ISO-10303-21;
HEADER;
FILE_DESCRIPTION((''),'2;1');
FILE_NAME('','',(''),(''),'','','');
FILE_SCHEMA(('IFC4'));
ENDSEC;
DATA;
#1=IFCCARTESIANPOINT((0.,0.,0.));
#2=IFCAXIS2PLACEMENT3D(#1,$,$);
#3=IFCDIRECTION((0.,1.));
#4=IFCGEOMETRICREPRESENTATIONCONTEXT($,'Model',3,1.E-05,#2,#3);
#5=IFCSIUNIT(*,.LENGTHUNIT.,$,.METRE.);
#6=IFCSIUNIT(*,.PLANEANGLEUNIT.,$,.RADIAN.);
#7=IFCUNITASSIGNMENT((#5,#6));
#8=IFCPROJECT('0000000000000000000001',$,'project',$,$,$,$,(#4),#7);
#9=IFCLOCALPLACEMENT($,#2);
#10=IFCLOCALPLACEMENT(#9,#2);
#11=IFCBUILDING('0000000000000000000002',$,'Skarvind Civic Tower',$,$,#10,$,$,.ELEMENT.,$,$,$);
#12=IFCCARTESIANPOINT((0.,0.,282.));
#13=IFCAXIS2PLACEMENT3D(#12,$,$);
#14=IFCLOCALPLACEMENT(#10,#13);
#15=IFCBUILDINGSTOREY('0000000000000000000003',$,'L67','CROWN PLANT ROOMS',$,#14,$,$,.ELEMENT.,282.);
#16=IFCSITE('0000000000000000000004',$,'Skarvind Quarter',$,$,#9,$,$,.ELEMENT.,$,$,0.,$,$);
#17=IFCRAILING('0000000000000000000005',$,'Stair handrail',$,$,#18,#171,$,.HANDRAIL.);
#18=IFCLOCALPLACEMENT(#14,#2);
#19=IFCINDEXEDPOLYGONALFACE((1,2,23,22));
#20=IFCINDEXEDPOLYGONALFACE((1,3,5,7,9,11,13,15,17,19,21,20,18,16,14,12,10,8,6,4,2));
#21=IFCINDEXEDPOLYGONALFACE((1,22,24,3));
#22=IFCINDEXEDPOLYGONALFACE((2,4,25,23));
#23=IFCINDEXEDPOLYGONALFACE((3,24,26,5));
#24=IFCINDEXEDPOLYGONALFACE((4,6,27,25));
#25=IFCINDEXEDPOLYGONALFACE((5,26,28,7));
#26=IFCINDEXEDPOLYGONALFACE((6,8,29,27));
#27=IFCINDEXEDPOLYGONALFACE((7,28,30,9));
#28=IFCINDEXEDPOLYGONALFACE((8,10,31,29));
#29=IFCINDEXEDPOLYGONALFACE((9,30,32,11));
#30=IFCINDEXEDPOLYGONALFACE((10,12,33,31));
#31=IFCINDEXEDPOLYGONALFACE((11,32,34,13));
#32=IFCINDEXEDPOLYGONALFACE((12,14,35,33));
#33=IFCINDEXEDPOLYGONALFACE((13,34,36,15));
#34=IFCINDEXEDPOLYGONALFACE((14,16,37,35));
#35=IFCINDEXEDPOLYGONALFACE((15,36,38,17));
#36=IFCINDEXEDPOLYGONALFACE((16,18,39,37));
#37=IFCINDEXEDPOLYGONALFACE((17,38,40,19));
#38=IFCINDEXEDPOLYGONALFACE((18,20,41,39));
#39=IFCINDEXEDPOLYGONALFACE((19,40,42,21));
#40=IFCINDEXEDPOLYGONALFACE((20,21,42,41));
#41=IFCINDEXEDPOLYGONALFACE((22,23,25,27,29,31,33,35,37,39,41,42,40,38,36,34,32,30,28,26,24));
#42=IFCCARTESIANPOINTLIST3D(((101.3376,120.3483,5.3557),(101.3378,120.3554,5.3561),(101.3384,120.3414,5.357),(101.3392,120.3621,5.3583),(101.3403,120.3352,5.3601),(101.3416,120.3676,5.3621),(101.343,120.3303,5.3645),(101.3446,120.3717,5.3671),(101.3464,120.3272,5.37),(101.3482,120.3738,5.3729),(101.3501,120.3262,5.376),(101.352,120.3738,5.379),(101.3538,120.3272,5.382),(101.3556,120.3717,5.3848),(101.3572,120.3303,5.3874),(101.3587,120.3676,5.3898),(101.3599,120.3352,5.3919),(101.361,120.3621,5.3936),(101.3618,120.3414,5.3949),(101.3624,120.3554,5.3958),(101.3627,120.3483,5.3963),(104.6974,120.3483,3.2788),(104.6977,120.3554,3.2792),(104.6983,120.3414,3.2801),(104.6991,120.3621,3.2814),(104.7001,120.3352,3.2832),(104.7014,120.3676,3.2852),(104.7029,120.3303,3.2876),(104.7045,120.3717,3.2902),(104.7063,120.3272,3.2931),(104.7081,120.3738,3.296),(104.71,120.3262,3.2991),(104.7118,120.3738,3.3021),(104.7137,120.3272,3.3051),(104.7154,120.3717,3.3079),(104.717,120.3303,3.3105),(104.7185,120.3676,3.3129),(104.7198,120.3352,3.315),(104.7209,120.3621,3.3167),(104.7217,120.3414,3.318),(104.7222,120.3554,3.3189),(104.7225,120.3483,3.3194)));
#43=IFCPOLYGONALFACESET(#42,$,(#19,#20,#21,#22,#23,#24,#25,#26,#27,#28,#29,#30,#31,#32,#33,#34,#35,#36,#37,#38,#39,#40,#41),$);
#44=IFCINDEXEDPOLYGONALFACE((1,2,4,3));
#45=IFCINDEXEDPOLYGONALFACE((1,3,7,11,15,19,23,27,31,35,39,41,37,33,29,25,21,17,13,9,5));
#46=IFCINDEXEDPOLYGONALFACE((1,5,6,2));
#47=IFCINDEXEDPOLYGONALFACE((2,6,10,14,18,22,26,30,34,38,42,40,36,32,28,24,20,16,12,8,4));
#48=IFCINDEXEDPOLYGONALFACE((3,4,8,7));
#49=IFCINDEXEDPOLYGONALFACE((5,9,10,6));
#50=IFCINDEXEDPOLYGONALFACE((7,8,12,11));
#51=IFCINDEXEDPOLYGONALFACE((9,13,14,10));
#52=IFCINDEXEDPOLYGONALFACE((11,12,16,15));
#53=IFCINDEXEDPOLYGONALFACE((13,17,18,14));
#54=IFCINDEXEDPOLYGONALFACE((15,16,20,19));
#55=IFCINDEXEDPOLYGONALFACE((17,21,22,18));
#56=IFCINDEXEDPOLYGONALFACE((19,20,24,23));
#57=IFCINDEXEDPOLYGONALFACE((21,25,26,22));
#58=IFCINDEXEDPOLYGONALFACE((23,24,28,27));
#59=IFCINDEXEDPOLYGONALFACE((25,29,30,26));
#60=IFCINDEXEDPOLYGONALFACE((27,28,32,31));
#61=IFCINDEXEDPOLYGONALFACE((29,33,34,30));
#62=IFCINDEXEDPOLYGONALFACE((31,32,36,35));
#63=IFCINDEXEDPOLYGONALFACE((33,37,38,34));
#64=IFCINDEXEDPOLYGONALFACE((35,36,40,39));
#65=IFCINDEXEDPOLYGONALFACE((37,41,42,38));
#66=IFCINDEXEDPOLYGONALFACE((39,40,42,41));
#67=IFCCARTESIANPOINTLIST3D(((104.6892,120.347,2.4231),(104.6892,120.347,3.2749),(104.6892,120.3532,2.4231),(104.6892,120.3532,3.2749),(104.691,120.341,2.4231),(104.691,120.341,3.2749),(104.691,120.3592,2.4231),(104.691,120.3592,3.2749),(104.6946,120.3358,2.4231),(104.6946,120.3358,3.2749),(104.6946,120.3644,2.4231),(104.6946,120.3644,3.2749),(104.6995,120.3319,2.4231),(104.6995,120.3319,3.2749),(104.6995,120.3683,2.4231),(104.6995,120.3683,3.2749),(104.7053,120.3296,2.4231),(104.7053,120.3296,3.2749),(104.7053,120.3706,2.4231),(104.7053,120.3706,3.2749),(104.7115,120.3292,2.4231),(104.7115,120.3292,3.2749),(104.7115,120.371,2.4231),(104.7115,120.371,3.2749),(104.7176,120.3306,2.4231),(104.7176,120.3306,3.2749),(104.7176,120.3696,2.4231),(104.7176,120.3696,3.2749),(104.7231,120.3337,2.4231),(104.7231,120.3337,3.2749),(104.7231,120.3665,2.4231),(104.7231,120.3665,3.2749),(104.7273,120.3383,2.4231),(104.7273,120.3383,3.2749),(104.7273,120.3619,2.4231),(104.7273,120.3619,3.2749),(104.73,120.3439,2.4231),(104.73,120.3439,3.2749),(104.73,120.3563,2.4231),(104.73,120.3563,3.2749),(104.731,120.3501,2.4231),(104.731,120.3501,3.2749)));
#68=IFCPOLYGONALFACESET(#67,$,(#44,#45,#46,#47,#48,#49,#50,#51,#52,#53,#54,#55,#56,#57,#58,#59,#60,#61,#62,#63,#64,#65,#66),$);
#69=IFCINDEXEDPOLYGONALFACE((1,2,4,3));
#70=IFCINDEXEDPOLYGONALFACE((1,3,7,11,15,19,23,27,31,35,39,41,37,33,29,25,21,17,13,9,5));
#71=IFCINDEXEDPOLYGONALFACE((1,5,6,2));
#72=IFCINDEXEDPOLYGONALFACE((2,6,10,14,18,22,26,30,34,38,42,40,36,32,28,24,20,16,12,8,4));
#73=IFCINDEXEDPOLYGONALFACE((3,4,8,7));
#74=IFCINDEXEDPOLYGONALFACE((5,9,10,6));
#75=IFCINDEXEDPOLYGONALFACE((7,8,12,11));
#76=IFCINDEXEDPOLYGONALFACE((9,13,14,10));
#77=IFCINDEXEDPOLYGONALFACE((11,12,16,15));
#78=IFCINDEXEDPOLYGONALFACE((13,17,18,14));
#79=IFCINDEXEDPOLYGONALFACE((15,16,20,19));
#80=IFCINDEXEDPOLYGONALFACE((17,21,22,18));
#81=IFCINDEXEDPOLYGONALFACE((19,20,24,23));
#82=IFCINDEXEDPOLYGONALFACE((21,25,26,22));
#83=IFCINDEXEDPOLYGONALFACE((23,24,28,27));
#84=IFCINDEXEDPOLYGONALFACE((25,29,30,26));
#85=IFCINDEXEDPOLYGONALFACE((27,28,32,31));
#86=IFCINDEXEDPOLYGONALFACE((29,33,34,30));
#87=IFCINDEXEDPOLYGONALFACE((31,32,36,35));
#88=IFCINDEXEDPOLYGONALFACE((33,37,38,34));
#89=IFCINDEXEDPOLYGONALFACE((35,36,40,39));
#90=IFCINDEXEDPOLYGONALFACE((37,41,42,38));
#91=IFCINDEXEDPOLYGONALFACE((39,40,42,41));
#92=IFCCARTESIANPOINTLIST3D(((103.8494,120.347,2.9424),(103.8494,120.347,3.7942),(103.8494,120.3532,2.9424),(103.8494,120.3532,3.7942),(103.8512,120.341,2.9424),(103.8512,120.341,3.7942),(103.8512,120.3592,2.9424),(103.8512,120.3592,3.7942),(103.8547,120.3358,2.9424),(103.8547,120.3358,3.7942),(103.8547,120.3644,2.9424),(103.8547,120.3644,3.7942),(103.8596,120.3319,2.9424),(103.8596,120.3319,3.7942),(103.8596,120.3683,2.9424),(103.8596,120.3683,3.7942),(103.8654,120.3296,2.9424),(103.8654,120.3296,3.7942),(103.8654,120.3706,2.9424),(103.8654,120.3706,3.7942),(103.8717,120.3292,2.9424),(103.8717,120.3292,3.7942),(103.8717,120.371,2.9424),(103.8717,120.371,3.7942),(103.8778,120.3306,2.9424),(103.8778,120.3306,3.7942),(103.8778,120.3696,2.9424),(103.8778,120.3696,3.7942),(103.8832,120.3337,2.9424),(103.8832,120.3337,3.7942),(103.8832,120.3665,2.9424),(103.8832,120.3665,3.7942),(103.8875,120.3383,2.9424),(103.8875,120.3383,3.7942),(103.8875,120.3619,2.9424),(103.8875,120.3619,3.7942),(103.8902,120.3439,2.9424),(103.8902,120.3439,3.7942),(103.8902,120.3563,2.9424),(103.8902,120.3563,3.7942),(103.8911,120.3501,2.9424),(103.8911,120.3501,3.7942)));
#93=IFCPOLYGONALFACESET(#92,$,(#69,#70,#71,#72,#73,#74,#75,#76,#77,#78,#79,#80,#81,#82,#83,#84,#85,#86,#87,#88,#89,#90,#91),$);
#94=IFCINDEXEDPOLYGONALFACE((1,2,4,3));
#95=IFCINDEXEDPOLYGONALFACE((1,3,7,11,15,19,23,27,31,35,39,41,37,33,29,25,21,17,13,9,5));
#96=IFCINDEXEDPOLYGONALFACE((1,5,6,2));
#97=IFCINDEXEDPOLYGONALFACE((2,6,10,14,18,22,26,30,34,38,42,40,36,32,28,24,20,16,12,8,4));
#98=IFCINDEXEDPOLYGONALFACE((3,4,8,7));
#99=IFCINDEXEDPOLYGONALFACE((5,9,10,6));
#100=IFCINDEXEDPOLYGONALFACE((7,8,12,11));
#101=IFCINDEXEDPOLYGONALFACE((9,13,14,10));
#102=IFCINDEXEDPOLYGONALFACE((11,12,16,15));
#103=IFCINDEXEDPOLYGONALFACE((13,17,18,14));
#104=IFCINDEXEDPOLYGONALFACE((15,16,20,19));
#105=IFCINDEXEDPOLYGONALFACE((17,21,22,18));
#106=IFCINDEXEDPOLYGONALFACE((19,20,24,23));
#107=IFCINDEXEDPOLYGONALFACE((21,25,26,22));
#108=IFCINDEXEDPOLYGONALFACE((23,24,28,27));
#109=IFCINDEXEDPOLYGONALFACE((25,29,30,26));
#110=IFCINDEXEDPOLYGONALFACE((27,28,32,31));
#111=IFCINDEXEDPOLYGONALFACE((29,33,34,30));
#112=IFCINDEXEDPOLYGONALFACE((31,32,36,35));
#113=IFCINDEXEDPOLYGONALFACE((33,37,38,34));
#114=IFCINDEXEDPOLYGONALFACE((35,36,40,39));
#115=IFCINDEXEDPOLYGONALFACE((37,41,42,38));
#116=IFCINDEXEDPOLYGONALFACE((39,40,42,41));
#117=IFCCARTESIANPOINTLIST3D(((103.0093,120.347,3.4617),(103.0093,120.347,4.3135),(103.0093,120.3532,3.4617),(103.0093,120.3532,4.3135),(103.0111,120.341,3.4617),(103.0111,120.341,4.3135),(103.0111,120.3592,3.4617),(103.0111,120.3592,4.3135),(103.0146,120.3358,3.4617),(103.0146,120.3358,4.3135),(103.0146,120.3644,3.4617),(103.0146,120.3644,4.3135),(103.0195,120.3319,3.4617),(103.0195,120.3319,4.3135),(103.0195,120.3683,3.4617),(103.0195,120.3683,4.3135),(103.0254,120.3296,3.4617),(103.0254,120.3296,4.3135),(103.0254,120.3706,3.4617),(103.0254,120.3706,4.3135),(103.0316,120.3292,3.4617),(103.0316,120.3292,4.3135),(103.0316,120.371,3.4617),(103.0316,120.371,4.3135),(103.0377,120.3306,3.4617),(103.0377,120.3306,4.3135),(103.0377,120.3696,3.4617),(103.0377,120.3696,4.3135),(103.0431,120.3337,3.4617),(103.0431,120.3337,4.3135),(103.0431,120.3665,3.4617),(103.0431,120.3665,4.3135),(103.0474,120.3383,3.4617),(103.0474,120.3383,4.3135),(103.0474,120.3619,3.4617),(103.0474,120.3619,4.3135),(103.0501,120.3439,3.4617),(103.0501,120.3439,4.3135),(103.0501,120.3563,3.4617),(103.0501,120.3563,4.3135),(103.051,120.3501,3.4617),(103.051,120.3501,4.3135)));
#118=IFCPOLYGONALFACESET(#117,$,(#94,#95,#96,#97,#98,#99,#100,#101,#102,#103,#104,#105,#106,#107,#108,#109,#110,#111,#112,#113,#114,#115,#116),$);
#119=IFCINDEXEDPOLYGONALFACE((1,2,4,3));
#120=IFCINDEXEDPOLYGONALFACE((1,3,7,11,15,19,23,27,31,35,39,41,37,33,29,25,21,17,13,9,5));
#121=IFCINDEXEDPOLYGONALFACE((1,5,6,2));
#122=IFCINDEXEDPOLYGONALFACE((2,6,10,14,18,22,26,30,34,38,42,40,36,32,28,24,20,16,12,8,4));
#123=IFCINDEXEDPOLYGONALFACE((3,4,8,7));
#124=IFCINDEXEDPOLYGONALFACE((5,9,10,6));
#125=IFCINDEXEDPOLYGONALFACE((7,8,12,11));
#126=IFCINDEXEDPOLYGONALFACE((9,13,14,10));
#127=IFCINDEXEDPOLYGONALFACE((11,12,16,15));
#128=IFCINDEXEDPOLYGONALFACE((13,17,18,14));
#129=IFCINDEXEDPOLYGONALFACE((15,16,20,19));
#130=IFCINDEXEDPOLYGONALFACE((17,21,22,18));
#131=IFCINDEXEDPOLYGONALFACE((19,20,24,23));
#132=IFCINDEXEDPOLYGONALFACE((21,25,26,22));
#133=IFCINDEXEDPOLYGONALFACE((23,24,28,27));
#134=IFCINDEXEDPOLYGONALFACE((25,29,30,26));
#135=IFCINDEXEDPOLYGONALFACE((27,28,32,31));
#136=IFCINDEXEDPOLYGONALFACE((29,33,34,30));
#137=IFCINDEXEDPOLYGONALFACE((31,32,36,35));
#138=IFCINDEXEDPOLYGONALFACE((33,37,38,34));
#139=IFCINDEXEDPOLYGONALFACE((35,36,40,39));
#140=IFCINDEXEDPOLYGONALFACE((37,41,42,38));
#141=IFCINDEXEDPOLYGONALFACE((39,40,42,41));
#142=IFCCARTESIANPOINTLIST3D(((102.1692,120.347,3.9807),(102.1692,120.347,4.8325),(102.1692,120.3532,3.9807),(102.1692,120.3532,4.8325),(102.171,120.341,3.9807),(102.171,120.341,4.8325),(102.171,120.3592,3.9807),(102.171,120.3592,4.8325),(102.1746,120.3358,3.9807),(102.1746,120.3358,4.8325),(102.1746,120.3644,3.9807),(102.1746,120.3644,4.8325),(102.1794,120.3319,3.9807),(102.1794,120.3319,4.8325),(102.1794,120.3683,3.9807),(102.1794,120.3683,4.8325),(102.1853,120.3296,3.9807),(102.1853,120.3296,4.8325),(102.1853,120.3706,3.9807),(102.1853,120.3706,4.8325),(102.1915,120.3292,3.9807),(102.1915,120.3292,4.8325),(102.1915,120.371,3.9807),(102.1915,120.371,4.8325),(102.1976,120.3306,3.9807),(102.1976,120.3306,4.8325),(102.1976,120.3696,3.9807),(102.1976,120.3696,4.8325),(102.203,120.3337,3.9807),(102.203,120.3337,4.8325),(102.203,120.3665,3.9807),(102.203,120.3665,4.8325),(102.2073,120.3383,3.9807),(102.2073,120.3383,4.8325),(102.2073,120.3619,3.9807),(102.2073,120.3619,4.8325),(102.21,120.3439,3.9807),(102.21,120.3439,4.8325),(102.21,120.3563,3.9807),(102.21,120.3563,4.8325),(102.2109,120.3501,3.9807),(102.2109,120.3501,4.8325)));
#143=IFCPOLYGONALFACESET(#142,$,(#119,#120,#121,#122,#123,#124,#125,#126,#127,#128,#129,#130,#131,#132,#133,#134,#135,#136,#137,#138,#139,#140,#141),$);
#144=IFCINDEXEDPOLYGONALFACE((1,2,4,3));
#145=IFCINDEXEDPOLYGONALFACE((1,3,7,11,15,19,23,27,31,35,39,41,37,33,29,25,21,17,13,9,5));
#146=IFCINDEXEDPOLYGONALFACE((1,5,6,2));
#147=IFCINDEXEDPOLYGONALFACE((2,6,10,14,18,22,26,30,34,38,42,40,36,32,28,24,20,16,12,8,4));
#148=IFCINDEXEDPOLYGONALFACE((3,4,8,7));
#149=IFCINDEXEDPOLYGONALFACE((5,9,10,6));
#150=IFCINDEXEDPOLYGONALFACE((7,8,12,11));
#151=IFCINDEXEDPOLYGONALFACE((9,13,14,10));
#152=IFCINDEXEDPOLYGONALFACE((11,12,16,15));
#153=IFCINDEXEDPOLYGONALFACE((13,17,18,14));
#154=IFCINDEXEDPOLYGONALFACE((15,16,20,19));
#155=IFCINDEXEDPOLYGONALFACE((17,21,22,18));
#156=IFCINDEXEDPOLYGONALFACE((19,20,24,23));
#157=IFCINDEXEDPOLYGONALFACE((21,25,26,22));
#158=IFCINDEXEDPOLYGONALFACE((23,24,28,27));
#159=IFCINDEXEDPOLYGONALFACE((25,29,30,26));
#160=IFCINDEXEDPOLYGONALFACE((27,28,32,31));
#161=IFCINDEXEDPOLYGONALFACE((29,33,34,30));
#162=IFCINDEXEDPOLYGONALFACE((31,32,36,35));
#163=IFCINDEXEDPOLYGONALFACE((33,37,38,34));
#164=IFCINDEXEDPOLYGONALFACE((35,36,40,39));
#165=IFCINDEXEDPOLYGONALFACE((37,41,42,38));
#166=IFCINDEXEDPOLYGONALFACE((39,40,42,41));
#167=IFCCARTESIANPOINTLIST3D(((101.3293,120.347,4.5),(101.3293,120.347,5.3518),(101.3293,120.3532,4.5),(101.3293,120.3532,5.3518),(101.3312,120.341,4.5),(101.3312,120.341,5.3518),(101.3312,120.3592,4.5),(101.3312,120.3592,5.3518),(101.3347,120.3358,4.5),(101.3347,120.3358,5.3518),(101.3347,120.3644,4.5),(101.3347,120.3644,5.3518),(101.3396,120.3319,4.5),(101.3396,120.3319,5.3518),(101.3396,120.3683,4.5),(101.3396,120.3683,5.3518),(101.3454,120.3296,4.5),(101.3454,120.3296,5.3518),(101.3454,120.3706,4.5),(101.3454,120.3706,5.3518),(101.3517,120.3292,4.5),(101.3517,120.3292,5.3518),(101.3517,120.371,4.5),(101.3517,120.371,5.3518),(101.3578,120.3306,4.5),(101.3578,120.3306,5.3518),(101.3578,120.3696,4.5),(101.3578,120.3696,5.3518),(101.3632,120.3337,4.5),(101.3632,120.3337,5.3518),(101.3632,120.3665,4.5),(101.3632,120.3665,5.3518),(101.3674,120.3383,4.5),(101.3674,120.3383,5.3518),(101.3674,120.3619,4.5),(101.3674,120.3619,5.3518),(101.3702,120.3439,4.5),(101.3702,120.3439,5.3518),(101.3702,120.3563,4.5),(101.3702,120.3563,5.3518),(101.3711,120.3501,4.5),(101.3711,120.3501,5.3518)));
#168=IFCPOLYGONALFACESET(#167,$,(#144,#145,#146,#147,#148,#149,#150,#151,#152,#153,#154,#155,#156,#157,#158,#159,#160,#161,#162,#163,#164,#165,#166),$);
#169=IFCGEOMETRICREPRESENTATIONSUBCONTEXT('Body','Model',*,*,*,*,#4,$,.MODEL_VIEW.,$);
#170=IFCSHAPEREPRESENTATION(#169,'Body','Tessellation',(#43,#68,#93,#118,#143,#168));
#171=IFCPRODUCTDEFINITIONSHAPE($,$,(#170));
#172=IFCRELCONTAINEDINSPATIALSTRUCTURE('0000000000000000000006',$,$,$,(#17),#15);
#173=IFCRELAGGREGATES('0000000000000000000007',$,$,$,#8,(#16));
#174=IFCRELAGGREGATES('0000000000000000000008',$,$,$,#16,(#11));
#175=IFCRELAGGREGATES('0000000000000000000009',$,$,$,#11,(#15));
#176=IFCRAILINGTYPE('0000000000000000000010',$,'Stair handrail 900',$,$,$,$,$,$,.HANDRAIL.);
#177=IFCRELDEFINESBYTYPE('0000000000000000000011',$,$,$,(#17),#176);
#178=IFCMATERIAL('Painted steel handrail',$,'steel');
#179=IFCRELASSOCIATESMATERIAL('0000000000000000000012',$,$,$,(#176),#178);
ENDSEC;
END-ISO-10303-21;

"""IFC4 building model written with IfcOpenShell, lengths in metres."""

from ifc_helpers import new_model, si_unit, direction, frame, origin, origin_2d, place, context, subcontext, project, spatial, circle, extrude, material, type_object, element, save


model = new_model("IFC4")

# Units and contexts
model_context = context("Model", 3, precision=1e-05, world=origin(), true_north=direction((0.0, 1.0)))
body_context = subcontext(model_context, "Body", "Model", "MODEL_VIEW")
ifc_project = project(units=[si_unit("LENGTHUNIT", "METRE"), si_unit("PLANEANGLEUNIT", "RADIAN")], contexts=[model_context])

# Site, building, storey
site_placement = place(None, origin())
site = spatial("IfcSite", under=ifc_project, at=site_placement, Name="Skarvind Quarter", CompositionType="ELEMENT", RefElevation=0.0)
building_placement = place(site_placement, origin())
building = spatial("IfcBuilding", under=site, at=building_placement, Name="Skarvind Civic Tower", CompositionType="ELEMENT")
storey_placement = place(building_placement, frame((0.0, 0.0, 282.0)))
storey = spatial("IfcBuildingStorey", under=building, at=storey_placement, Name="L67", Description="CROWN PLANT ROOMS", CompositionType="ELEMENT", Elevation=282.0)

# Railing
ifc_material_1 = material(Name="Painted steel handrail", Category="steel")
railing_type = type_object("IfcRailingType", Name="Stair handrail 900", PredefinedType="HANDRAIL", material=ifc_material_1)
railing_1_placement = place(storey_placement, frame((104.71, 120.3501, 2.4231)))
element("IfcRailing", 1, at=railing_1_placement, inside=storey, type_object=railing_type, Name="Stair handrail", PredefinedType="HANDRAIL", context=body_context, shape_type="SweptSolid", body=[
    extrude(circle(Radius=0.0239, at=origin_2d()), frame((0.0, 0.0, 0.876), z_axis=(-0.850606, 0.0, 0.525803), x_axis=(0.0, -1.0, 0.0)), (0.0, 0.0, 1.0), 3.95),
    extrude(circle(Radius=0.021, at=origin_2d()), origin(), (0.0, 0.0, 1.0), 0.8518),
    extrude(circle(Radius=0.021, at=origin_2d()), frame((-0.8398, 0.0, 0.5193)), (0.0, 0.0, 1.0), 0.8518),
    extrude(circle(Radius=0.021, at=origin_2d()), frame((-1.6799, 0.0, 1.0386)), (0.0, 0.0, 1.0), 0.8518),
    extrude(circle(Radius=0.021, at=origin_2d()), frame((-2.52, 0.0, 1.5576)), (0.0, 0.0, 1.0), 0.8518),
    extrude(circle(Radius=0.021, at=origin_2d()), frame((-3.3599, 0.0, 2.0769)), (0.0, 0.0, 1.0), 0.8518),
])

save(model, "model.ifc")
